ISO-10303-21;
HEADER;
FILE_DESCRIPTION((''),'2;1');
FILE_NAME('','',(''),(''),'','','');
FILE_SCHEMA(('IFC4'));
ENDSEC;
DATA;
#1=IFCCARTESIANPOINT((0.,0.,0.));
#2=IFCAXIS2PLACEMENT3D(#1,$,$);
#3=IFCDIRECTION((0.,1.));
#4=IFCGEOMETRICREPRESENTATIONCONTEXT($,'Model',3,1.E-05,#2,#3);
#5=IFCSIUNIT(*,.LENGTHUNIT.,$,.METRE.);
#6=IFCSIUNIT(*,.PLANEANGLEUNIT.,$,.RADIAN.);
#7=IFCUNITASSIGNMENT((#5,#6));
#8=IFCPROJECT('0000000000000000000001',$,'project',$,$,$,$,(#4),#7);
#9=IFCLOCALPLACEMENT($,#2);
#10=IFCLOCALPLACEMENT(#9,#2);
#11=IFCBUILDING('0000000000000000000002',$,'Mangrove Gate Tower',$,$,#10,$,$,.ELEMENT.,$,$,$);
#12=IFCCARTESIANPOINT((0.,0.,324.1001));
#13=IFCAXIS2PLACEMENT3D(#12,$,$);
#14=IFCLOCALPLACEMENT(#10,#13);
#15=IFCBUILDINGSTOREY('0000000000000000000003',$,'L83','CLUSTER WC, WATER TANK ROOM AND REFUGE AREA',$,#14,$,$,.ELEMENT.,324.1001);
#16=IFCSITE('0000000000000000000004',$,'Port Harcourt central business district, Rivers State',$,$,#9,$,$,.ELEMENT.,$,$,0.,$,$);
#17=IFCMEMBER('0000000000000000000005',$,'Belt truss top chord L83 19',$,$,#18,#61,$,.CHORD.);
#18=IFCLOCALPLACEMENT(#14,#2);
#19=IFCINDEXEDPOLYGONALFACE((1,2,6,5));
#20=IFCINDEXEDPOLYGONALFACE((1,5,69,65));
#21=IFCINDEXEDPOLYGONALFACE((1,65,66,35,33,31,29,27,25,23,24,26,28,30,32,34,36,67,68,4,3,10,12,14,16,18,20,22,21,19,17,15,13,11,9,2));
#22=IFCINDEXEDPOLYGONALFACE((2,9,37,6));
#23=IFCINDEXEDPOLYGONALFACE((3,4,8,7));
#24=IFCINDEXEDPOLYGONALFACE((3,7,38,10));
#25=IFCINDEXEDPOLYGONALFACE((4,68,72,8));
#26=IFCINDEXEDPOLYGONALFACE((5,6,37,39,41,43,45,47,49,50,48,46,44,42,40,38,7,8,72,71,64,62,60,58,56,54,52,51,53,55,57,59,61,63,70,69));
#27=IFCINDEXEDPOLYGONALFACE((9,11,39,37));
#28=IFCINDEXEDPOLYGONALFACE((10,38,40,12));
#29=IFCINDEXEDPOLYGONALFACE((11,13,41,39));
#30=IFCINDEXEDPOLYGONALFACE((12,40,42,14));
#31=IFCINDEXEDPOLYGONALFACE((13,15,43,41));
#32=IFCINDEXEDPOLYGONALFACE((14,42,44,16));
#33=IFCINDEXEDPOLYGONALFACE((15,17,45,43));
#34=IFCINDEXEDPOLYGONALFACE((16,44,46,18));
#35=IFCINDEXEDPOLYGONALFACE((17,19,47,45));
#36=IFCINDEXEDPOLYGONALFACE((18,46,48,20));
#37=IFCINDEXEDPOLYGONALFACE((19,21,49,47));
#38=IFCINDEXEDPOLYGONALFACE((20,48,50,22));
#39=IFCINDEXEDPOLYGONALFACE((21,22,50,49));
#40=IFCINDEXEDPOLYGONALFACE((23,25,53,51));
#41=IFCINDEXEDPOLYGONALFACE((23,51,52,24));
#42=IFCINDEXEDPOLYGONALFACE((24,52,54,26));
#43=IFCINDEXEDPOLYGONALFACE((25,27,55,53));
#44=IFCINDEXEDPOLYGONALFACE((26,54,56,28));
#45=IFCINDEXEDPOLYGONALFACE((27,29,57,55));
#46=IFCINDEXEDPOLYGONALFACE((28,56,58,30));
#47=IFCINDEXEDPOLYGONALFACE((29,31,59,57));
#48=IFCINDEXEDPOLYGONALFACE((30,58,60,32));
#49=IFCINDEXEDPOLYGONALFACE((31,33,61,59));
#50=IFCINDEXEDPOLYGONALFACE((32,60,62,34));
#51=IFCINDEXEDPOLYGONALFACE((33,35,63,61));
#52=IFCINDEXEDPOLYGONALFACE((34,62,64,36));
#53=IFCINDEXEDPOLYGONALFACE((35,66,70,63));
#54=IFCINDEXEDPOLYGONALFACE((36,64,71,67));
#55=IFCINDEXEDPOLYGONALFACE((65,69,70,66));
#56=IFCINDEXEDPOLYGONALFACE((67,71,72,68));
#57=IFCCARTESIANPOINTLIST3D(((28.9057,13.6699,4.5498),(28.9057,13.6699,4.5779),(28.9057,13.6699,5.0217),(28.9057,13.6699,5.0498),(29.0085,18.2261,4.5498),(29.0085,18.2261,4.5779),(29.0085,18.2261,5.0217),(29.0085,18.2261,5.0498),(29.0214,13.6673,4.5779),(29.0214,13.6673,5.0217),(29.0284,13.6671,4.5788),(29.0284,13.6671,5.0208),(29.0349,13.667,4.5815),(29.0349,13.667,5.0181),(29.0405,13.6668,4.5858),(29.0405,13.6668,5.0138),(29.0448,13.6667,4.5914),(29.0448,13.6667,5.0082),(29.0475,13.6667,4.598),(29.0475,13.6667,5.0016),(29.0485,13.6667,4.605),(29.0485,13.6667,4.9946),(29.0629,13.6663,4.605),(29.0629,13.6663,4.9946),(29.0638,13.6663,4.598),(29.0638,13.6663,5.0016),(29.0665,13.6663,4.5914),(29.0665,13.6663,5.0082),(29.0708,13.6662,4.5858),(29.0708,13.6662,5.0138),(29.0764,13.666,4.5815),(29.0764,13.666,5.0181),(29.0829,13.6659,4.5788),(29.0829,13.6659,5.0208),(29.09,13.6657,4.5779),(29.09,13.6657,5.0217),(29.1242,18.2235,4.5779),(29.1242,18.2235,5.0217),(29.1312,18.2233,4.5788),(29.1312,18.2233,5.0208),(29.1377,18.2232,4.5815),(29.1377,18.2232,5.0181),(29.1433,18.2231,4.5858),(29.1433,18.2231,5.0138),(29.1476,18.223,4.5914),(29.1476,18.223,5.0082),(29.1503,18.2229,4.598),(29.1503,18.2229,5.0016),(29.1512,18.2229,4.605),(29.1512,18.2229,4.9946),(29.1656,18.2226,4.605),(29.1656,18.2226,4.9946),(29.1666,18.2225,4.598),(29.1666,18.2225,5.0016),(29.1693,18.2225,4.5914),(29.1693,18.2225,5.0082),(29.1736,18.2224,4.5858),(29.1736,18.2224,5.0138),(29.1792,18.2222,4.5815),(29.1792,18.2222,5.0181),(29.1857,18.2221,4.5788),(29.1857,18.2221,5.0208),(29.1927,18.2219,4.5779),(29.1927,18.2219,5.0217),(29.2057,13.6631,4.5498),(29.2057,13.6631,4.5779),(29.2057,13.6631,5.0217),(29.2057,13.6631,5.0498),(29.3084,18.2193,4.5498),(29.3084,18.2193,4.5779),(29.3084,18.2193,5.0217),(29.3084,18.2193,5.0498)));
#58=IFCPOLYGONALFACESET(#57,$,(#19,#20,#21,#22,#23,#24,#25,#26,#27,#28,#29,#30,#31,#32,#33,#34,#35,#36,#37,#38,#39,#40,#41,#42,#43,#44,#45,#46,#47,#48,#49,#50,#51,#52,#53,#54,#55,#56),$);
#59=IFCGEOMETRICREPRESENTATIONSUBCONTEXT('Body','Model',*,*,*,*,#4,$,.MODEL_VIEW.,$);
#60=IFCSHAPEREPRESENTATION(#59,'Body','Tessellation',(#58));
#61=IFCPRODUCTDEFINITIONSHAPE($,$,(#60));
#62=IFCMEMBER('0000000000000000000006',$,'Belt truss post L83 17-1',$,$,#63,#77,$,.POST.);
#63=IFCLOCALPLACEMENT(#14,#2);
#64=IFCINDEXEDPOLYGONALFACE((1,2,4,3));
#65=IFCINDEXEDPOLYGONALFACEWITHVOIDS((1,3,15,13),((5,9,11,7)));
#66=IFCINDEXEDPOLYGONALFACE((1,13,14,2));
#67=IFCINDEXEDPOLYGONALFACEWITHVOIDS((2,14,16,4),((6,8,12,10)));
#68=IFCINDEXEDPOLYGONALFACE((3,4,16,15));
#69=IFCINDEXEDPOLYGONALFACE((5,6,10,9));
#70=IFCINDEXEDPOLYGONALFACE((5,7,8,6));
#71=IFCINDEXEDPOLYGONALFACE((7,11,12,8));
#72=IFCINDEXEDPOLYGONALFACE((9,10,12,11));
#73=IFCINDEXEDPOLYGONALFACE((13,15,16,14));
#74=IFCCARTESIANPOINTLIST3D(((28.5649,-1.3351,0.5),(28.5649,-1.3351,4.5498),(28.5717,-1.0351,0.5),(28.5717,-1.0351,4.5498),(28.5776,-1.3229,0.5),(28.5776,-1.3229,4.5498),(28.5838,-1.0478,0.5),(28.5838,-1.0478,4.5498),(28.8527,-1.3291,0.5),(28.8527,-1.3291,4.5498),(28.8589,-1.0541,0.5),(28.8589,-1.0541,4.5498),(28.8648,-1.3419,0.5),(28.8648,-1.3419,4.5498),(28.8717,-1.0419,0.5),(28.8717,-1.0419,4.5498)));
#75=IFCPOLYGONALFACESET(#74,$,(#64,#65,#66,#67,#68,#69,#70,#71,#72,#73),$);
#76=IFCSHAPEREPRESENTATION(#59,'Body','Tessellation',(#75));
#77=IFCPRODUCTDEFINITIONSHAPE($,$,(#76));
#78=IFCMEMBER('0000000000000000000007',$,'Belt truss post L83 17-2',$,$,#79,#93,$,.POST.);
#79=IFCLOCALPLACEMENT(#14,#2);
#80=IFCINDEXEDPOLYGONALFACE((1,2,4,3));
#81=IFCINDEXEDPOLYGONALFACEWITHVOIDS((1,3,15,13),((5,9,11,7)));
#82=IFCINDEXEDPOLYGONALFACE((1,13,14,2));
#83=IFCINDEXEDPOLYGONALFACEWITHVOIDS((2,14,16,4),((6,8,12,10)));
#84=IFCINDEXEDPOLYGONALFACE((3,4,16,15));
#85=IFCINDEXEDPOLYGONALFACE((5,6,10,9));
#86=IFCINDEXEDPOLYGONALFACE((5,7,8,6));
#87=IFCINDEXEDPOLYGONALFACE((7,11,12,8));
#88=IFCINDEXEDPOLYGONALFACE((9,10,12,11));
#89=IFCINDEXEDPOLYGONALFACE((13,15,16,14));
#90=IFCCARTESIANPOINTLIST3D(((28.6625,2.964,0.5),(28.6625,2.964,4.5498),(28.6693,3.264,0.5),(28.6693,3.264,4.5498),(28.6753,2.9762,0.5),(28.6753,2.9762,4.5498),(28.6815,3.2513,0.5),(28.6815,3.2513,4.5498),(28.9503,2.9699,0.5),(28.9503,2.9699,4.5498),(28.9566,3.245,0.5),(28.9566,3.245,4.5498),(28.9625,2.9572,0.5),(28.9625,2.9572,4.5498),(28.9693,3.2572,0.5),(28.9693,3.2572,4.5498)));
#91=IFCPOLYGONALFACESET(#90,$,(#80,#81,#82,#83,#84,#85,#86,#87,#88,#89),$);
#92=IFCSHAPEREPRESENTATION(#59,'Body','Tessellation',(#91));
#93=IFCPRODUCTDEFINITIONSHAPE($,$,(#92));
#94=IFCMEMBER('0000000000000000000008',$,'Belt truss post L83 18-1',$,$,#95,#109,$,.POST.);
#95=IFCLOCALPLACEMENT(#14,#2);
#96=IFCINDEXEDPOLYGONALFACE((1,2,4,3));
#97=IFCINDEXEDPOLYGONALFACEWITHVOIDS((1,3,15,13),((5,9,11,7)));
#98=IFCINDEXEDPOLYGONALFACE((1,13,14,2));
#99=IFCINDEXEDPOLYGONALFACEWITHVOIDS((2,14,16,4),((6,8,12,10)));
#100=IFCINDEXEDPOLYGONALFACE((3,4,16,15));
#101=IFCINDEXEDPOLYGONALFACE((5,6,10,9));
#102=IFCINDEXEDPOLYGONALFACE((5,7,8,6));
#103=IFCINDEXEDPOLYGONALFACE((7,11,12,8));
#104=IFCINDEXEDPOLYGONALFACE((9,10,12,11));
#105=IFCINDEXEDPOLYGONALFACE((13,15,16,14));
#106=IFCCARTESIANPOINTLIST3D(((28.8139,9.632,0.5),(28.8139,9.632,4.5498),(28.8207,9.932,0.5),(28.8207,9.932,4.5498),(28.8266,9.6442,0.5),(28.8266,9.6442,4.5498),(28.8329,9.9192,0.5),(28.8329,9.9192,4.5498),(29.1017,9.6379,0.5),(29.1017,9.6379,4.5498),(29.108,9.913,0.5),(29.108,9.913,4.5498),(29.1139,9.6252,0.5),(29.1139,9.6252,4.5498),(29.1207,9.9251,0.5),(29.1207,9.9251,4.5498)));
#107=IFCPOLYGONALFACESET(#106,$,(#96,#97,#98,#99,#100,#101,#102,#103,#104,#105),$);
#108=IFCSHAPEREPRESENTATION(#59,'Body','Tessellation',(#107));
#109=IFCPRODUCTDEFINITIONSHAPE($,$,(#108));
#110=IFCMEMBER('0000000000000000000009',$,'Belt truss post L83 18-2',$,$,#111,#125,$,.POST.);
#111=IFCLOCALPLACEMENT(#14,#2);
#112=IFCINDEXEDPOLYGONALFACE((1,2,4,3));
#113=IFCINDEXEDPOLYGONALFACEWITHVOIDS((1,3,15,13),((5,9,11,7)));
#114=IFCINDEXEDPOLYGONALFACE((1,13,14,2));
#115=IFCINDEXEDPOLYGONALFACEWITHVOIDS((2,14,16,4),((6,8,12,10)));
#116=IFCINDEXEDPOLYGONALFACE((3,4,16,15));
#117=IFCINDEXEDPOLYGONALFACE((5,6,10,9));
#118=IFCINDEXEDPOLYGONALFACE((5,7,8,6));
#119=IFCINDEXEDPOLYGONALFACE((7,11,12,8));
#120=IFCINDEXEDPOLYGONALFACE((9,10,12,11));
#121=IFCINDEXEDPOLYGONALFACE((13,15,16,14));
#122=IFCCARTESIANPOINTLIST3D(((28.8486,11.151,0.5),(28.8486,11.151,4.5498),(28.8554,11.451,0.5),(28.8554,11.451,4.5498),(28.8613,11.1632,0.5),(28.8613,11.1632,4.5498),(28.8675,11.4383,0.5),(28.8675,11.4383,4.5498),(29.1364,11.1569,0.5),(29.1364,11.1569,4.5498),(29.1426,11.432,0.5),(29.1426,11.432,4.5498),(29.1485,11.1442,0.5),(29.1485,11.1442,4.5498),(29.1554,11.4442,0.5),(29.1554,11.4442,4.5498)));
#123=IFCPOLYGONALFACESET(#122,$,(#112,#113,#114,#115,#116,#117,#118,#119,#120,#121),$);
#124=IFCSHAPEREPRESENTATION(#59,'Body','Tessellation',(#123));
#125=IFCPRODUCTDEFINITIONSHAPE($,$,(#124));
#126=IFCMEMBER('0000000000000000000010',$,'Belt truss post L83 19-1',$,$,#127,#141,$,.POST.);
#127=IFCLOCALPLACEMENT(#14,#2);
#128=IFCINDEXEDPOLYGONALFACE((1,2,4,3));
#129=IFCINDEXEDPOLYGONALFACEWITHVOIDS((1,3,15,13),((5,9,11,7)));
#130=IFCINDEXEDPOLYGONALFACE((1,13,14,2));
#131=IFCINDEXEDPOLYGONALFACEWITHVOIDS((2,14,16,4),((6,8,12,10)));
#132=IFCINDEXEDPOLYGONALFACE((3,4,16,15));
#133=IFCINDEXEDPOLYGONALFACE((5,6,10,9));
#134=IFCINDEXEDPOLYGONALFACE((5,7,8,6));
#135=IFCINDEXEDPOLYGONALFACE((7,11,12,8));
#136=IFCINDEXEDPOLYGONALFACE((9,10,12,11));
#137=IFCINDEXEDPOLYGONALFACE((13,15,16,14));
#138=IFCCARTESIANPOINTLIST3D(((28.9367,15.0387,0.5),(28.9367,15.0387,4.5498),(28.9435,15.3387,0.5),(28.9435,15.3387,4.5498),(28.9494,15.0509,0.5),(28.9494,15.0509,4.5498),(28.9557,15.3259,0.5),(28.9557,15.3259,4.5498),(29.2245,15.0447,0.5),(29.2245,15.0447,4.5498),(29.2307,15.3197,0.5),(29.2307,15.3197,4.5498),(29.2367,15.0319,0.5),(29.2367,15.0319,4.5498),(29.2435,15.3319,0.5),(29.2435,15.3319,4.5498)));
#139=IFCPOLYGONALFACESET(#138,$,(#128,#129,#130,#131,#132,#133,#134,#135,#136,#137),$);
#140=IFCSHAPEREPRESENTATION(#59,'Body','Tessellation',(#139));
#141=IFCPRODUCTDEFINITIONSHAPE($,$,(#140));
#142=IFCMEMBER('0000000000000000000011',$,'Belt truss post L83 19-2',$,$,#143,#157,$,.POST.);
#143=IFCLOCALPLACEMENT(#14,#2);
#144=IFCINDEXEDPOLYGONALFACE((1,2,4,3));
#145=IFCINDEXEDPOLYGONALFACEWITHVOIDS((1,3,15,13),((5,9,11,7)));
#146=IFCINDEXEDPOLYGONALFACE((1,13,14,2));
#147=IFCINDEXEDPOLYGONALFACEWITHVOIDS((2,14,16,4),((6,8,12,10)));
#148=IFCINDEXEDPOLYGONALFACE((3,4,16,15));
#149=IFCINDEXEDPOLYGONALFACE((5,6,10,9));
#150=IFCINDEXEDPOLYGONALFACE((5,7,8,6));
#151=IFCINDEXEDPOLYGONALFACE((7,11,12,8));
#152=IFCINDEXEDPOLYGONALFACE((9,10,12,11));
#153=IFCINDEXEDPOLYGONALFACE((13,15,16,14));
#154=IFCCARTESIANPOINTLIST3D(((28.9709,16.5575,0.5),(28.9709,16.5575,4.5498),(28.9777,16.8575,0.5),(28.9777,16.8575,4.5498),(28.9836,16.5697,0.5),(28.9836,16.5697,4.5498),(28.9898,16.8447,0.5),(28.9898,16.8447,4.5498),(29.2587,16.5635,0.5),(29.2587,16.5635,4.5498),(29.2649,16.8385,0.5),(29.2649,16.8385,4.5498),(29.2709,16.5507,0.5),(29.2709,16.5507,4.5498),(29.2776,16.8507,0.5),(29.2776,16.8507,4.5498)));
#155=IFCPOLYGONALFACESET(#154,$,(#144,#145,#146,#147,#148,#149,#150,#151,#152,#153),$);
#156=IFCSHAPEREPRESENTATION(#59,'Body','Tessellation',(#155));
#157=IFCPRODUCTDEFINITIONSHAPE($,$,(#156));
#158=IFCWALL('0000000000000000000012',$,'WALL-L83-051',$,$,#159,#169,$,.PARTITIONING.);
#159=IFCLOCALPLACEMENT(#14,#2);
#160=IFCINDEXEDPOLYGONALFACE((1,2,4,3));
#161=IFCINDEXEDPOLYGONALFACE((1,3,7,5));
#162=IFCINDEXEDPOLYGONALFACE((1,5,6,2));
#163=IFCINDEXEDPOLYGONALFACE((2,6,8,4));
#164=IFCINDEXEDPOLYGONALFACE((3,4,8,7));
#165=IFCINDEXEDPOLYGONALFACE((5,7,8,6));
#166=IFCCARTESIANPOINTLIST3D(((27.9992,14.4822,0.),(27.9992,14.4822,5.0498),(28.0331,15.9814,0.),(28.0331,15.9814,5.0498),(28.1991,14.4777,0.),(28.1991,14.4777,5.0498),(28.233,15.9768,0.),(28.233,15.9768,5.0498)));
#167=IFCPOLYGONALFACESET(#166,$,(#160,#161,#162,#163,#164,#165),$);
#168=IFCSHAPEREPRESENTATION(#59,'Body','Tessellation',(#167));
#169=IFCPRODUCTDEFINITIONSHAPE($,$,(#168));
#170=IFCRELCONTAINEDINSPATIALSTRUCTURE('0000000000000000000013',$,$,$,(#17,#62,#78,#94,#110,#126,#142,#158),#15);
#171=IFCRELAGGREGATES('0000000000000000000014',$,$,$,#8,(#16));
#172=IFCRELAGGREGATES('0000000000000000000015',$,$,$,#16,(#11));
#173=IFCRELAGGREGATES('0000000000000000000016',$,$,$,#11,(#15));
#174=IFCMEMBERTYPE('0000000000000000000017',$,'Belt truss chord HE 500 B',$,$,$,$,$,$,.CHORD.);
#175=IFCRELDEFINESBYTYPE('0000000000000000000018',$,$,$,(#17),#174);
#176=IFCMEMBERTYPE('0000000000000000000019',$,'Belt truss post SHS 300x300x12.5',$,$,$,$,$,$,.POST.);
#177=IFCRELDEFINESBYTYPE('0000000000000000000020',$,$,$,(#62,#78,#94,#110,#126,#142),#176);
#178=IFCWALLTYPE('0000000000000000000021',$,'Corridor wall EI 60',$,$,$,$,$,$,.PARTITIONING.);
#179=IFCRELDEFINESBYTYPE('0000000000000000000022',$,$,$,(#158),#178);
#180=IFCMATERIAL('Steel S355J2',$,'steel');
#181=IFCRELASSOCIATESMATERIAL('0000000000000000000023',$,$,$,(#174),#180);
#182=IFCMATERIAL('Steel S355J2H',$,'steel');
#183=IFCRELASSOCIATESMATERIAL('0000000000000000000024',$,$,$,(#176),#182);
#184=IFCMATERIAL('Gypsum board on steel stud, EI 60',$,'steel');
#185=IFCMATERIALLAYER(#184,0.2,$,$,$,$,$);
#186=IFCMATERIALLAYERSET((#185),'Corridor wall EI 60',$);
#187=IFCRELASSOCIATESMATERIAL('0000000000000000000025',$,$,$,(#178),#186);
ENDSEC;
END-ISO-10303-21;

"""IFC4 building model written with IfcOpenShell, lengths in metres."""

from ifc_helpers import new_model, si_unit, direction, frame, frame_2d, origin, origin_2d, place, context, subcontext, project, spatial, rectangle, hollow_rectangle, i_section, extrude, material, layer, layer_set, material_profile, profile_set, type_object, element, save


model = new_model("IFC4")

# Units and contexts
model_context = context("Model", 3, precision=1e-05, world=origin(), true_north=direction((0.0, 1.0)))
body_context = subcontext(model_context, "Body", "Model", "MODEL_VIEW")
ifc_project = project(units=[si_unit("LENGTHUNIT", "METRE"), si_unit("PLANEANGLEUNIT", "RADIAN")], contexts=[model_context])

# Site, building, storey
site_placement = place(None, origin())
site = spatial("IfcSite", under=ifc_project, at=site_placement, Name="Port Harcourt central business district, Rivers State", CompositionType="ELEMENT", RefElevation=0.0)
building_placement = place(site_placement, origin())
building = spatial("IfcBuilding", under=site, at=building_placement, Name="Mangrove Gate Tower", CompositionType="ELEMENT")
storey_placement = place(building_placement, frame((0.0, 0.0, 324.1001)))
storey = spatial("IfcBuildingStorey", under=building, at=storey_placement, Name="L83", Description="CLUSTER WC, WATER TANK ROOM AND REFUGE AREA", CompositionType="ELEMENT", Elevation=324.1001)

# Members
ifc_material_1 = material(Name="Steel S355J2", Category="steel")
ifc_material_profile_1 = material_profile(ifc_material_1, i_section(OverallWidth=0.3, OverallDepth=0.5, WebThickness=0.0144, FlangeThickness=0.0281, FilletRadius=0.0271, at=origin_2d()))
ifc_profile_set_1 = profile_set([ifc_material_profile_1], Name="Steel S355J2")
member_type_1 = type_object("IfcMemberType", Name="Belt truss chord HE 500 B", PredefinedType="CHORD", material=ifc_profile_set_1)
for number, where, z_axis, x_axis, name in (
    (1, (29.0557, 13.6665, 4.7998), (0.022553, 0.999746, 0.0), (-0.999746, 0.022553, 0.0), "Belt truss top chord L83 19"),
):
    element("IfcMember", number, at=place(storey_placement, frame(where, z_axis=z_axis, x_axis=x_axis)), inside=storey, type_object=member_type_1, Name=name, PredefinedType="CHORD", context=body_context, shape_type="SweptSolid", body=[
        extrude(i_section(OverallWidth=0.3, OverallDepth=0.5, WebThickness=0.0144, FlangeThickness=0.0281, FilletRadius=0.0271, at=origin_2d()), origin(), (0.0, 0.0, 1.0), 4.5574),
    ])
ifc_material_2 = material(Name="Steel S355J2H", Category="steel")
ifc_material_profile_2 = material_profile(ifc_material_2, hollow_rectangle(XDim=0.3, YDim=0.3, WallThickness=0.0125, at=origin_2d()))
ifc_profile_set_2 = profile_set([ifc_material_profile_2], Name="Steel S355J2H")
member_type_2 = type_object("IfcMemberType", Name="Belt truss post SHS 300x300x12.5", PredefinedType="POST", material=ifc_profile_set_2)
for number, where, z_axis, x_axis, name in (
    (2, (28.7183, -1.1885, 0.5), (0.0, 0.0, 1.0), (0.02269, 0.999743, 0.0), "Belt truss post L83 17-1"),
    (3, (28.8159, 3.1106, 0.5), (0.0, 0.0, 1.0), (0.02269, 0.999743, 0.0), "Belt truss post L83 17-2"),
    (4, (28.9673, 9.7786, 0.5), (0.0, 0.0, 1.0), (0.022742, 0.999741, 0.0), "Belt truss post L83 18-1"),
    (5, (29.002, 11.2976, 0.5), (0.0, 0.0, 1.0), (0.022742, 0.999741, 0.0), "Belt truss post L83 18-2"),
    (6, (29.0901, 15.1853, 0.5), (0.0, 0.0, 1.0), (0.022562, 0.999745, 0.0), "Belt truss post L83 19-1"),
    (7, (29.1243, 16.7041, 0.5), (0.0, 0.0, 1.0), (0.022562, 0.999745, 0.0), "Belt truss post L83 19-2"),
):
    element("IfcMember", number, at=place(storey_placement, frame(where, z_axis=z_axis, x_axis=x_axis)), inside=storey, type_object=member_type_2, Name=name, PredefinedType="POST", context=body_context, shape_type="SweptSolid", body=[
        extrude(hollow_rectangle(XDim=0.3, YDim=0.3, WallThickness=0.0125, at=origin_2d()), origin(), (0.0, 0.0, 1.0), 4.0498),
    ])

# Wall
ifc_material_3 = material(Name="Gypsum board on steel stud, EI 60", Category="steel")
ifc_layer_1 = layer(ifc_material_3, 0.2)
ifc_layer_set_1 = layer_set([ifc_layer_1], Name="Corridor wall EI 60")
wall_type_1 = type_object("IfcWallType", Name="Corridor wall EI 60", PredefinedType="PARTITIONING", material=ifc_layer_set_1)
wall_1_placement = place(storey_placement, frame((28.0991, 14.48, 0.0), z_axis=(0.0, 0.0, 1.0), x_axis=(0.022633, 0.999744, 0.0)))
element("IfcWall", 8, at=wall_1_placement, inside=storey, type_object=wall_type_1, Name="WALL-L83-051", PredefinedType="PARTITIONING", context=body_context, shape_type="SweptSolid", body=[
    extrude(rectangle(XDim=1.4995, YDim=0.2, at=frame_2d((0.7498, 0.0))), origin(), (0.0, 0.0, 1.0), 5.0498),
])

save(model, "model.ifc")
